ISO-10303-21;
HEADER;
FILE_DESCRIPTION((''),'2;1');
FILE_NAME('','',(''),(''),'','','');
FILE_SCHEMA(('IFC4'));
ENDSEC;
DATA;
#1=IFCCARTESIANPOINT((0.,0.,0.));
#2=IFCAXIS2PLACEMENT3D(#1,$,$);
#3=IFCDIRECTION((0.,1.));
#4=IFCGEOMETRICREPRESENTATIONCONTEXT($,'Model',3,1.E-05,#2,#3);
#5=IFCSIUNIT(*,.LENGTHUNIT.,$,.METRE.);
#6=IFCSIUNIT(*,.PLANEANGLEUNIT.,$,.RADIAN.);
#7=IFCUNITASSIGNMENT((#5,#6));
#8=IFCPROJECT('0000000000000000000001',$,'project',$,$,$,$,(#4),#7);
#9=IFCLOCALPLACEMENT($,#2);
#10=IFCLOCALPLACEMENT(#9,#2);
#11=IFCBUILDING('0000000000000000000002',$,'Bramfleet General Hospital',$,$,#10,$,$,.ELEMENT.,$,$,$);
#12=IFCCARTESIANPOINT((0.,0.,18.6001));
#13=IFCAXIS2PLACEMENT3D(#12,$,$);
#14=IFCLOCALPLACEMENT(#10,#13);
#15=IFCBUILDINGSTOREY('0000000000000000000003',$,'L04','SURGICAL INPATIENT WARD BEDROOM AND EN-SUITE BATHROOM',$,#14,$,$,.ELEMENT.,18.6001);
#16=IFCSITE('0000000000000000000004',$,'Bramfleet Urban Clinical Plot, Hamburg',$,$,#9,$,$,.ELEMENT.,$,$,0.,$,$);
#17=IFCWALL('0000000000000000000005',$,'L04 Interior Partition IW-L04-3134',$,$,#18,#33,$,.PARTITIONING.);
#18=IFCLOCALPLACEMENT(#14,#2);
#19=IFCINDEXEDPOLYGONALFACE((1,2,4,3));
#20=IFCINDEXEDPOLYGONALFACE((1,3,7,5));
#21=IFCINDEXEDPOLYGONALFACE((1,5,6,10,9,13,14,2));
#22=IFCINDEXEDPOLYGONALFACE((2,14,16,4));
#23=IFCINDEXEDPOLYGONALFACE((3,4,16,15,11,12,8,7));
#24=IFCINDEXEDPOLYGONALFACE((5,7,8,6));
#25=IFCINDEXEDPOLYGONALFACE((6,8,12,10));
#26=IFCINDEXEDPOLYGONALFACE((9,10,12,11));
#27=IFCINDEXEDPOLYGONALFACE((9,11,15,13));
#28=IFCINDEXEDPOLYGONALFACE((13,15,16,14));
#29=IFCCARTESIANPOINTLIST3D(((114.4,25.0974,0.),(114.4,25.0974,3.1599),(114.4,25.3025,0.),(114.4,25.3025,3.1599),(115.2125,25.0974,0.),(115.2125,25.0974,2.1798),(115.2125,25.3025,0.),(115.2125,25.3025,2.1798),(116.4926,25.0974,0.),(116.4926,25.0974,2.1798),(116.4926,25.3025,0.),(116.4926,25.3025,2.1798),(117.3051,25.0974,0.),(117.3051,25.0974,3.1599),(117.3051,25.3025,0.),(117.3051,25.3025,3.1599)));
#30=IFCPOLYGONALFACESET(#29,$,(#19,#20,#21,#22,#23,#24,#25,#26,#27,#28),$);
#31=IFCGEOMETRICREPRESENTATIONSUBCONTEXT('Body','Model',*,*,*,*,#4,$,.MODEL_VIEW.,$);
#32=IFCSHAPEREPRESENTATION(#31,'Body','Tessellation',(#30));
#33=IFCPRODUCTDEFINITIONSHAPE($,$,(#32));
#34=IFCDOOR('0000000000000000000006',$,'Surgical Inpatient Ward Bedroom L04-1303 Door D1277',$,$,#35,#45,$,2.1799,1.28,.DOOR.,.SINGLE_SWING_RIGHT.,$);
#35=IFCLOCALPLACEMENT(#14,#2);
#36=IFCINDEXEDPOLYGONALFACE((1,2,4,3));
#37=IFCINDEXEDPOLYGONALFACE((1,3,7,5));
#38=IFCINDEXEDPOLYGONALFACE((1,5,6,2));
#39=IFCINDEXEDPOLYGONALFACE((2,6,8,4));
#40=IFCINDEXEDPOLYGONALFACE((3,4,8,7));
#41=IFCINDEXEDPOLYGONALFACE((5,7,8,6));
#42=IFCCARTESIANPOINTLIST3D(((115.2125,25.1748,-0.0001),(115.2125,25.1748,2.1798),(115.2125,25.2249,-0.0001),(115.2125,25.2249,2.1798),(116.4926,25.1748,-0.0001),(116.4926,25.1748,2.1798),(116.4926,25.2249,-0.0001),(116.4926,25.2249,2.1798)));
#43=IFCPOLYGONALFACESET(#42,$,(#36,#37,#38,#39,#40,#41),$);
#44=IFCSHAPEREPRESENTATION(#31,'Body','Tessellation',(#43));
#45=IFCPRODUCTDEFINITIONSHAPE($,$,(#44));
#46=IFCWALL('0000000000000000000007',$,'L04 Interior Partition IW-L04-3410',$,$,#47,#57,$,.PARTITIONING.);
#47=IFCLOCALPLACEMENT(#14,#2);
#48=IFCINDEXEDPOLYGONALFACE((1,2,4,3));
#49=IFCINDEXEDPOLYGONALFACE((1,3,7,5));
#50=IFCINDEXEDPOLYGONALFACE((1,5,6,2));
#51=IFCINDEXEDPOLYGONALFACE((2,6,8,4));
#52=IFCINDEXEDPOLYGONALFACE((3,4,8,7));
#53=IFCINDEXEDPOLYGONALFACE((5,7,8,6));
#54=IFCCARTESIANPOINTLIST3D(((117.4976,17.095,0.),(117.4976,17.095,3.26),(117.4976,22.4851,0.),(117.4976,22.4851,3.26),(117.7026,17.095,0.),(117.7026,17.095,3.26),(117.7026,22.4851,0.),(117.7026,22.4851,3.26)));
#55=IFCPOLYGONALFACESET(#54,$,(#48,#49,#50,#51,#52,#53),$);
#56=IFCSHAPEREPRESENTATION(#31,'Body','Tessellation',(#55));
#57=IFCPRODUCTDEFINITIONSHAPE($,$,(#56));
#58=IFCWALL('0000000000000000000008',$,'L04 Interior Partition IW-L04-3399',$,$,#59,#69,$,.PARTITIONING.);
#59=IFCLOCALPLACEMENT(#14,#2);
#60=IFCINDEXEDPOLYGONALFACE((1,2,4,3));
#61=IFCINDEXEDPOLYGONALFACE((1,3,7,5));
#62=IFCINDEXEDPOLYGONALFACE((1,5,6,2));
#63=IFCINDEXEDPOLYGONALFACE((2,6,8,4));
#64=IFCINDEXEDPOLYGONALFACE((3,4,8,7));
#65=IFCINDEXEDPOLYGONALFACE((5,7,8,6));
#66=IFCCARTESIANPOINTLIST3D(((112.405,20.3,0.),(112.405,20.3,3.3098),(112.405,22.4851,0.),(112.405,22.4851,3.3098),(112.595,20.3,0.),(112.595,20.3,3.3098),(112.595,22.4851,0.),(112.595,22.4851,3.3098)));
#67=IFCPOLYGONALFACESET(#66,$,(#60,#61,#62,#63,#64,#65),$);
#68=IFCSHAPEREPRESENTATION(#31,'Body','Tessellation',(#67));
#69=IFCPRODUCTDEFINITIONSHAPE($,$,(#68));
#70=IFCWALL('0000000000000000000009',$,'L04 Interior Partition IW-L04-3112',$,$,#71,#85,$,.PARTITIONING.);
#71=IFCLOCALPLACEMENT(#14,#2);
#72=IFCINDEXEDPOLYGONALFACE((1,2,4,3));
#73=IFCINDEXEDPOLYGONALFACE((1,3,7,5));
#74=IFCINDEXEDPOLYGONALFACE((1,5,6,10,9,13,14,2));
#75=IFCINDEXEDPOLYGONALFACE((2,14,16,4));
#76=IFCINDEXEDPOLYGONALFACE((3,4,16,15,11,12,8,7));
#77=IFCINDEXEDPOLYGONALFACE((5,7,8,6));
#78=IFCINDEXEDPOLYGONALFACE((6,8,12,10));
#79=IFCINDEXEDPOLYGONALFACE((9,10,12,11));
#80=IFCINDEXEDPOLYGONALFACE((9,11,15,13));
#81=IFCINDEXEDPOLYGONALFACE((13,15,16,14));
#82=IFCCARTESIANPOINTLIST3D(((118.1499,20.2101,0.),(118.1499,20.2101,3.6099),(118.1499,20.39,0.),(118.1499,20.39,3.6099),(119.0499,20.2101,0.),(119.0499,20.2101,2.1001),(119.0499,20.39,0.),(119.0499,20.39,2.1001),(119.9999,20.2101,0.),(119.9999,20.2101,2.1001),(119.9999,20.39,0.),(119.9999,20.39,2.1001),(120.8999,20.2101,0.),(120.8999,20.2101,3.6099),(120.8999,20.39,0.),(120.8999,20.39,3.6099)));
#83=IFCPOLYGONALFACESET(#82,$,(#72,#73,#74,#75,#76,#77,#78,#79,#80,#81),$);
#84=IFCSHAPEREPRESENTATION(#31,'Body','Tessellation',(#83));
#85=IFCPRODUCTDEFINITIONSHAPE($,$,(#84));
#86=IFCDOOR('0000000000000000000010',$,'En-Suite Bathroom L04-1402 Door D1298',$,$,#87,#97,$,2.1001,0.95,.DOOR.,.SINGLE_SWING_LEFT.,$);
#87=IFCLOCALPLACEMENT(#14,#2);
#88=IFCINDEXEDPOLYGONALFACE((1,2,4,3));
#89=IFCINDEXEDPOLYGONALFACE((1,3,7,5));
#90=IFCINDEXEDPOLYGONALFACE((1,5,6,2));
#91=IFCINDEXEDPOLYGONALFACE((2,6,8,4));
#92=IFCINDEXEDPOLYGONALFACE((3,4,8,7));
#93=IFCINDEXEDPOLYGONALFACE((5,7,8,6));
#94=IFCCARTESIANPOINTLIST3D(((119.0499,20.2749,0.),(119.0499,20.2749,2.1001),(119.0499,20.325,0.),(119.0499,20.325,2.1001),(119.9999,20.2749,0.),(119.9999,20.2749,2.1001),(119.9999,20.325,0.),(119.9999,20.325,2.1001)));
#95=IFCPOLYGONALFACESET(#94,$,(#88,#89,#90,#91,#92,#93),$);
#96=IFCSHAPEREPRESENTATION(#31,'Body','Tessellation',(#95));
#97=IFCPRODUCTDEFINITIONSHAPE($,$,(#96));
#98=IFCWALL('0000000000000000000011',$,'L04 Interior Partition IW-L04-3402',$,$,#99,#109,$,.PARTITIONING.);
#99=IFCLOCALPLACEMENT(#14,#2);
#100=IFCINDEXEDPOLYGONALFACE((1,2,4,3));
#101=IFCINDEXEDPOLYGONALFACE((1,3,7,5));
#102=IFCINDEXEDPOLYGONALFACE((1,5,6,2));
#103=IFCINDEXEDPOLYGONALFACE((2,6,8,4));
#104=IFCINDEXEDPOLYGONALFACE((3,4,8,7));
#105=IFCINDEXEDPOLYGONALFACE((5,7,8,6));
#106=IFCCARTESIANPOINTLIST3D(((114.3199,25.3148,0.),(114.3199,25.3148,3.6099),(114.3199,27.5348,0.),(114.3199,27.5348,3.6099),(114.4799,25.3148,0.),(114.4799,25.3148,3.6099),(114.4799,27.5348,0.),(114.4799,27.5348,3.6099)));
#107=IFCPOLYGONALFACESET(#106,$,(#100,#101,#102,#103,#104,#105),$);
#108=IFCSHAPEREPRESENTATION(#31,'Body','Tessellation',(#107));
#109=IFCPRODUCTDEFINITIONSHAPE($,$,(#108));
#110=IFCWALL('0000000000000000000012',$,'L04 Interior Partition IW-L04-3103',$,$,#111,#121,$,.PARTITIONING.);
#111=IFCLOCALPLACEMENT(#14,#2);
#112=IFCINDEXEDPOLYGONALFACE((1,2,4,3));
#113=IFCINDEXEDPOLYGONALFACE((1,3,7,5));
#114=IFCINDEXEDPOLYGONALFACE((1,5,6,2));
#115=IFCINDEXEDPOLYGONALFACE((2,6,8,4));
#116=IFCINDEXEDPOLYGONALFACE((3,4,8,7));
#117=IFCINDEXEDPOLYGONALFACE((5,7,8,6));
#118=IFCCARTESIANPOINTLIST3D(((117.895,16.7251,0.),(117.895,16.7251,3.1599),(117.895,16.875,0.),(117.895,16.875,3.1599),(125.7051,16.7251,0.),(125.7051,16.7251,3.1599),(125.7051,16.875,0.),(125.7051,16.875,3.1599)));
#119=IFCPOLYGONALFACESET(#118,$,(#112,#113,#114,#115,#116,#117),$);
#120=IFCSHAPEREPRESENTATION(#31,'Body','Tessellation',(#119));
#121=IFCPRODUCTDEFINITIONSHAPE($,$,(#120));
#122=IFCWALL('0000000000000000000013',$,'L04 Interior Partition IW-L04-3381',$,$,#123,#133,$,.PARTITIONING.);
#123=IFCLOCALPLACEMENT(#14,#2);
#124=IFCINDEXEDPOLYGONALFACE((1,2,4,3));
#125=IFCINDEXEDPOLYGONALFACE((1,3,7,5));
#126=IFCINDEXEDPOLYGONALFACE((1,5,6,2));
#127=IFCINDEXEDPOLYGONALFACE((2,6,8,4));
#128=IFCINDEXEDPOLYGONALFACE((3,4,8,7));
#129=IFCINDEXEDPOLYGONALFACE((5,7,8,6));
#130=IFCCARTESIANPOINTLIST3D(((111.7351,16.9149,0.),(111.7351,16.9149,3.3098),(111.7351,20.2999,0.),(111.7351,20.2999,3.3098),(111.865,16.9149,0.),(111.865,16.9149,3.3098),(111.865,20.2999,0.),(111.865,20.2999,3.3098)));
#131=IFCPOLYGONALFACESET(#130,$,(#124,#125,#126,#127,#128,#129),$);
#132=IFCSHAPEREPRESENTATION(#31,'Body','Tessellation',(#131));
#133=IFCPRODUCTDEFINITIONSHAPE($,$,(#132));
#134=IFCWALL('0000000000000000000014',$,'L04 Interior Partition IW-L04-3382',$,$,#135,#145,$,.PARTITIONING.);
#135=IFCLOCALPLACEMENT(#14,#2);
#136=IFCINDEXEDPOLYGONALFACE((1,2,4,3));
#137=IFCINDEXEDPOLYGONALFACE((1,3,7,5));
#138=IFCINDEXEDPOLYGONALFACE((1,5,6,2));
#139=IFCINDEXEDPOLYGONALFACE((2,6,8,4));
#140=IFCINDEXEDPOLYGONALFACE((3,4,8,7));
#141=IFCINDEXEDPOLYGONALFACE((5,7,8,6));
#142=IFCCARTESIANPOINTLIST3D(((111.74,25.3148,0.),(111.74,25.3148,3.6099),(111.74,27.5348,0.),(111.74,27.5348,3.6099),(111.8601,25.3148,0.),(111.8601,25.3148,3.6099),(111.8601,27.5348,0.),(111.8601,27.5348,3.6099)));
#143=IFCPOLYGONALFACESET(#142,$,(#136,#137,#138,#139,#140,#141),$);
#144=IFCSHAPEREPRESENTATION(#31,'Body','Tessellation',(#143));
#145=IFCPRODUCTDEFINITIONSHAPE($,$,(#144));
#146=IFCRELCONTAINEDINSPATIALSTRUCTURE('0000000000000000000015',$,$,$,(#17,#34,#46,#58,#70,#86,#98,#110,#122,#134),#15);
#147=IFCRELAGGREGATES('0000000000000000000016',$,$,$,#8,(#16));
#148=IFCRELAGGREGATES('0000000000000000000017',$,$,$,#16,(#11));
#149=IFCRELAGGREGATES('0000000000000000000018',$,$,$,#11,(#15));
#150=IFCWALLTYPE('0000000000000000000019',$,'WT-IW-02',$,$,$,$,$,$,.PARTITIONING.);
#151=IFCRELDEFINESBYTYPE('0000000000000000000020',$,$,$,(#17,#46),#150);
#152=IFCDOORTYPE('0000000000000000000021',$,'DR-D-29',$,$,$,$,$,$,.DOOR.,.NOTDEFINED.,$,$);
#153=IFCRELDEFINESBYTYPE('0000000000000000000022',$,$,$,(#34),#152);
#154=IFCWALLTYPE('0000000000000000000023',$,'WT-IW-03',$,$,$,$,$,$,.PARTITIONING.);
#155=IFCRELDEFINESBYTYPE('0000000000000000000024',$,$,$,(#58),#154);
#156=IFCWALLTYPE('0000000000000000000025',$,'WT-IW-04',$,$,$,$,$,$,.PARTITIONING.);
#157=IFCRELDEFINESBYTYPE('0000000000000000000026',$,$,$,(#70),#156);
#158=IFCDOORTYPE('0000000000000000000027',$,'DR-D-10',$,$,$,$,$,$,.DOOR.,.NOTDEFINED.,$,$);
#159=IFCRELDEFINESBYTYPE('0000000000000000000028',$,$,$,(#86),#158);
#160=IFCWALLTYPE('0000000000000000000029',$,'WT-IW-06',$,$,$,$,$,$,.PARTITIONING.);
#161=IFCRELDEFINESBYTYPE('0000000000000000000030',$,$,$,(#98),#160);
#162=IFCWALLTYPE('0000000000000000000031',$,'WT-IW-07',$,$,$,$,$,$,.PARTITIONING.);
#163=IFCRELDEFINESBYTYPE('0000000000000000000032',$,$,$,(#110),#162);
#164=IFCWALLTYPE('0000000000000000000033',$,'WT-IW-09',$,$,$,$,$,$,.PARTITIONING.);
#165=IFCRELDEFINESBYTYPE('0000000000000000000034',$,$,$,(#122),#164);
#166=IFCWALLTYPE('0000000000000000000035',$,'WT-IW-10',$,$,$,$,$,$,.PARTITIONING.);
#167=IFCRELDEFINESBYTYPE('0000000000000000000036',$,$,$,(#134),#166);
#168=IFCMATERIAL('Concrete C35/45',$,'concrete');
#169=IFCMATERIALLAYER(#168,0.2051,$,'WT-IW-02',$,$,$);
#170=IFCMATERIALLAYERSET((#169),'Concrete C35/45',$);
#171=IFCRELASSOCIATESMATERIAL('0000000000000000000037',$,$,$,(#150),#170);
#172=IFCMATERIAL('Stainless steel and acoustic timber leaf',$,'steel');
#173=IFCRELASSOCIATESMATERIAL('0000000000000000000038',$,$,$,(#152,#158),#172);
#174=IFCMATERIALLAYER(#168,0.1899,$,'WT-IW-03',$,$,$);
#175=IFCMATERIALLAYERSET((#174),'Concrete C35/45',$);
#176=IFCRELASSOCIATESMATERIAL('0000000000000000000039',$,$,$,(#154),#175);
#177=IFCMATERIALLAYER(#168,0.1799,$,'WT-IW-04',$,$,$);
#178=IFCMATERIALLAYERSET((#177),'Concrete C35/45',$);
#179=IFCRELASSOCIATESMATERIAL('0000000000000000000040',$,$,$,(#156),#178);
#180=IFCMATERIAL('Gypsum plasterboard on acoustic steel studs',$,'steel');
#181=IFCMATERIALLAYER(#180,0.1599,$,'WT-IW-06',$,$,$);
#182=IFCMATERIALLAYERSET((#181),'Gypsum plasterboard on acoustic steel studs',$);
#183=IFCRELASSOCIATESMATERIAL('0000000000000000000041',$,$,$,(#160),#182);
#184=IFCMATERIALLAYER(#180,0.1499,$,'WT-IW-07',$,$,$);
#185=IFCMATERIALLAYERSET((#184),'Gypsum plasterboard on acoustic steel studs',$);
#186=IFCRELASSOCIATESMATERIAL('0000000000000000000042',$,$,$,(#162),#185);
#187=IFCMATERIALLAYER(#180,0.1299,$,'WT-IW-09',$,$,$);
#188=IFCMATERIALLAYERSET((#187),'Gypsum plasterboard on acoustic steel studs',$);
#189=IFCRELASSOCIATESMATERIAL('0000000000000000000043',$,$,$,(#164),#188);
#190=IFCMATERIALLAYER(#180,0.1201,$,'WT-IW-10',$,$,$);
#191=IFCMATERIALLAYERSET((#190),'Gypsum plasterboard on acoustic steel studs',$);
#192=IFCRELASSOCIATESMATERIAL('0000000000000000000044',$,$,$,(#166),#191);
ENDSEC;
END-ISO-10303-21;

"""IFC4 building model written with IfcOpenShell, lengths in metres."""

from ifc_helpers import new_model, si_unit, direction, frame, frame_2d, origin, place, context, subcontext, project, spatial, rectangle, extrude, material, layer, layer_set, type_object, element, fill, save


model = new_model("IFC4")

# Units and contexts
model_context = context("Model", 3, precision=1e-05, world=origin(), true_north=direction((0.0, 1.0)))
body_context = subcontext(model_context, "Body", "Model", "MODEL_VIEW")
ifc_project = project(units=[si_unit("LENGTHUNIT", "METRE"), si_unit("PLANEANGLEUNIT", "RADIAN")], contexts=[model_context])

# Site, building, storey
site_placement = place(None, origin())
site = spatial("IfcSite", under=ifc_project, at=site_placement, Name="Bramfleet Urban Clinical Plot, Hamburg", CompositionType="ELEMENT", RefElevation=0.0)
building_placement = place(site_placement, origin())
building = spatial("IfcBuilding", under=site, at=building_placement, Name="Bramfleet General Hospital", CompositionType="ELEMENT")
storey_placement = place(building_placement, frame((0.0, 0.0, 18.6001)))
storey = spatial("IfcBuildingStorey", under=building, at=storey_placement, Name="L04", Description="SURGICAL INPATIENT WARD BEDROOM AND EN-SUITE BATHROOM", CompositionType="ELEMENT", Elevation=18.6001)

# Wall, opening, door
ifc_material_1 = material(Name="Concrete C35/45", Category="concrete")
ifc_layer_1 = layer(ifc_material_1, 0.2051, Name="WT-IW-02")
ifc_layer_set_1 = layer_set([ifc_layer_1], Name="Concrete C35/45")
wall_type_1 = type_object("IfcWallType", Name="WT-IW-02", PredefinedType="PARTITIONING", material=ifc_layer_set_1)
wall_1_placement = place(storey_placement, frame((114.3999, 25.2, 0.0), z_axis=(0.0, 0.0, 1.0), x_axis=(1.0, 0.0, 0.0)))
wall_1 = element("IfcWall", 1, at=wall_1_placement, inside=storey, type_object=wall_type_1, Name="L04 Interior Partition IW-L04-3134", PredefinedType="PARTITIONING", context=body_context, shape_type="SweptSolid", body=[
    extrude(rectangle(XDim=2.905, YDim=0.2051, at=frame_2d((1.4526, 0.0))), origin(), (0.0, 0.0, 1.0), 3.1599),
])
opening_1_placement = place(wall_1_placement, frame((0.8125, 0.0, 0.0)))
opening_1 = element("IfcOpeningElement", 2, at=opening_1_placement, cuts=wall_1, PredefinedType="OPENING", context=body_context, shape_type="SweptSolid", body=[
    extrude(rectangle(XDim=1.28, YDim=2.1799, at=frame_2d((0.6401, 1.0898))), frame((0.0, 0.1125, 0.0), z_axis=(0.0, -1.0, 0.0), x_axis=(1.0, 0.0, 0.0)), (0.0, 0.0, 1.0), 0.2251),
])
ifc_material_2 = material(Name="Stainless steel and acoustic timber leaf", Category="steel")
door_type_1 = type_object("IfcDoorType", Name="DR-D-29", OperationType="NOTDEFINED", PredefinedType="DOOR", material=ifc_material_2)
door_1_placement = place(opening_1_placement, origin())
door_1 = element("IfcDoor", 3, at=door_1_placement, inside=storey, type_object=door_type_1, Name="Surgical Inpatient Ward Bedroom L04-1303 Door D1277", OperationType="SINGLE_SWING_RIGHT", OverallHeight=2.1799, OverallWidth=1.28, PredefinedType="DOOR", context=body_context, shape_type="SweptSolid", body=[
    extrude(rectangle(XDim=1.28, YDim=2.1799, at=frame_2d((0.6401, 1.0898))), frame((0.0, 0.0249, 0.0), z_axis=(0.0, -1.0, 0.0), x_axis=(1.0, 0.0, 0.0)), (0.0, 0.0, 1.0), 0.05),
])
fill(opening_1, door_1)

# Walls
wall_2_placement = place(storey_placement, frame((117.6001, 17.095, 0.0), z_axis=(0.0, 0.0, 1.0), x_axis=(0.0, 1.0, 0.0)))
element("IfcWall", 4, at=wall_2_placement, inside=storey, type_object=wall_type_1, Name="L04 Interior Partition IW-L04-3410", PredefinedType="PARTITIONING", context=body_context, shape_type="SweptSolid", body=[
    extrude(rectangle(XDim=5.3901, YDim=0.2051, at=frame_2d((2.6951, 0.0))), origin(), (0.0, 0.0, 1.0), 3.26),
])
ifc_layer_2 = layer(ifc_material_1, 0.1899, Name="WT-IW-03")
ifc_layer_set_2 = layer_set([ifc_layer_2], Name="Concrete C35/45")
wall_type_2 = type_object("IfcWallType", Name="WT-IW-03", PredefinedType="PARTITIONING", material=ifc_layer_set_2)
wall_3_placement = place(storey_placement, frame((112.5, 20.3, 0.0), z_axis=(0.0, 0.0, 1.0), x_axis=(0.0, 1.0, 0.0)))
element("IfcWall", 5, at=wall_3_placement, inside=storey, type_object=wall_type_2, Name="L04 Interior Partition IW-L04-3399", PredefinedType="PARTITIONING", context=body_context, shape_type="SweptSolid", body=[
    extrude(rectangle(XDim=2.1851, YDim=0.1899, at=frame_2d((1.0925, 0.0))), origin(), (0.0, 0.0, 1.0), 3.3098),
])

# Wall, opening, door
ifc_layer_3 = layer(ifc_material_1, 0.1799, Name="WT-IW-04")
ifc_layer_set_3 = layer_set([ifc_layer_3], Name="Concrete C35/45")
wall_type_3 = type_object("IfcWallType", Name="WT-IW-04", PredefinedType="PARTITIONING", material=ifc_layer_set_3)
wall_4_placement = place(storey_placement, frame((118.1499, 20.3, 0.0), z_axis=(0.0, 0.0, 1.0), x_axis=(1.0, 0.0, 0.0)))
wall_4 = element("IfcWall", 6, at=wall_4_placement, inside=storey, type_object=wall_type_3, Name="L04 Interior Partition IW-L04-3112", PredefinedType="PARTITIONING", context=body_context, shape_type="SweptSolid", body=[
    extrude(rectangle(XDim=2.75, YDim=0.1799, at=frame_2d((1.375, 0.0))), origin(), (0.0, 0.0, 1.0), 3.6099),
])
opening_2_placement = place(wall_4_placement, frame((0.8999, 0.0, 0.0)))
opening_2 = element("IfcOpeningElement", 7, at=opening_2_placement, cuts=wall_4, PredefinedType="OPENING", context=body_context, shape_type="SweptSolid", body=[
    extrude(rectangle(XDim=0.95, YDim=2.1001, at=frame_2d((0.4751, 1.05))), frame((0.0, 0.0999, 0.0), z_axis=(0.0, -1.0, 0.0), x_axis=(1.0, 0.0, 0.0)), (0.0, 0.0, 1.0), 0.2),
])
door_type_2 = type_object("IfcDoorType", Name="DR-D-10", OperationType="NOTDEFINED", PredefinedType="DOOR", material=ifc_material_2)
door_2_placement = place(opening_2_placement, origin())
door_2 = element("IfcDoor", 8, at=door_2_placement, inside=storey, type_object=door_type_2, Name="En-Suite Bathroom L04-1402 Door D1298", OperationType="SINGLE_SWING_LEFT", OverallHeight=2.1001, OverallWidth=0.95, PredefinedType="DOOR", context=body_context, shape_type="SweptSolid", body=[
    extrude(rectangle(XDim=0.95, YDim=2.1001, at=frame_2d((0.4751, 1.05))), frame((0.0, 0.0249, 0.0), z_axis=(0.0, -1.0, 0.0), x_axis=(1.0, 0.0, 0.0)), (0.0, 0.0, 1.0), 0.05),
])
fill(opening_2, door_2)

# Walls
ifc_material_3 = material(Name="Gypsum plasterboard on acoustic steel studs", Category="steel")
ifc_layer_4 = layer(ifc_material_3, 0.1599, Name="WT-IW-06")
ifc_layer_set_4 = layer_set([ifc_layer_4], Name="Gypsum plasterboard on acoustic steel studs")
wall_type_4 = type_object("IfcWallType", Name="WT-IW-06", PredefinedType="PARTITIONING", material=ifc_layer_set_4)
wall_5_placement = place(storey_placement, frame((114.3999, 25.3149, 0.0), z_axis=(0.0, 0.0, 1.0), x_axis=(0.0, 1.0, 0.0)))
element("IfcWall", 9, at=wall_5_placement, inside=storey, type_object=wall_type_4, Name="L04 Interior Partition IW-L04-3402", PredefinedType="PARTITIONING", context=body_context, shape_type="SweptSolid", body=[
    extrude(rectangle(XDim=2.22, YDim=0.1599, at=frame_2d((1.1099, 0.0))), origin(), (0.0, 0.0, 1.0), 3.6099),
])
ifc_layer_5 = layer(ifc_material_3, 0.1499, Name="WT-IW-07")
ifc_layer_set_5 = layer_set([ifc_layer_5], Name="Gypsum plasterboard on acoustic steel studs")
wall_type_5 = type_object("IfcWallType", Name="WT-IW-07", PredefinedType="PARTITIONING", material=ifc_layer_set_5)
wall_6_placement = place(storey_placement, frame((117.895, 16.8, 0.0), z_axis=(0.0, 0.0, 1.0), x_axis=(1.0, 0.0, 0.0)))
element("IfcWall", 10, at=wall_6_placement, inside=storey, type_object=wall_type_5, Name="L04 Interior Partition IW-L04-3103", PredefinedType="PARTITIONING", context=body_context, shape_type="SweptSolid", body=[
    extrude(rectangle(XDim=7.8101, YDim=0.1499, at=frame_2d((3.905, 0.0))), origin(), (0.0, 0.0, 1.0), 3.1599),
])
ifc_layer_6 = layer(ifc_material_3, 0.1299, Name="WT-IW-09")
ifc_layer_set_6 = layer_set([ifc_layer_6], Name="Gypsum plasterboard on acoustic steel studs")
wall_type_6 = type_object("IfcWallType", Name="WT-IW-09", PredefinedType="PARTITIONING", material=ifc_layer_set_6)
wall_7_placement = place(storey_placement, frame((111.8, 16.915, 0.0), z_axis=(0.0, 0.0, 1.0), x_axis=(0.0, 1.0, 0.0)))
element("IfcWall", 11, at=wall_7_placement, inside=storey, type_object=wall_type_6, Name="L04 Interior Partition IW-L04-3381", PredefinedType="PARTITIONING", context=body_context, shape_type="SweptSolid", body=[
    extrude(rectangle(XDim=3.385, YDim=0.1299, at=frame_2d((1.6924, 0.0))), origin(), (0.0, 0.0, 1.0), 3.3098),
])
ifc_layer_7 = layer(ifc_material_3, 0.1201, Name="WT-IW-10")
ifc_layer_set_7 = layer_set([ifc_layer_7], Name="Gypsum plasterboard on acoustic steel studs")
wall_type_7 = type_object("IfcWallType", Name="WT-IW-10", PredefinedType="PARTITIONING", material=ifc_layer_set_7)
wall_8_placement = place(storey_placement, frame((111.8, 25.3149, 0.0), z_axis=(0.0, 0.0, 1.0), x_axis=(0.0, 1.0, 0.0)))
element("IfcWall", 12, at=wall_8_placement, inside=storey, type_object=wall_type_7, Name="L04 Interior Partition IW-L04-3382", PredefinedType="PARTITIONING", context=body_context, shape_type="SweptSolid", body=[
    extrude(rectangle(XDim=2.22, YDim=0.1201, at=frame_2d((1.1099, 0.0))), origin(), (0.0, 0.0, 1.0), 3.6099),
])

save(model, "model.ifc")
